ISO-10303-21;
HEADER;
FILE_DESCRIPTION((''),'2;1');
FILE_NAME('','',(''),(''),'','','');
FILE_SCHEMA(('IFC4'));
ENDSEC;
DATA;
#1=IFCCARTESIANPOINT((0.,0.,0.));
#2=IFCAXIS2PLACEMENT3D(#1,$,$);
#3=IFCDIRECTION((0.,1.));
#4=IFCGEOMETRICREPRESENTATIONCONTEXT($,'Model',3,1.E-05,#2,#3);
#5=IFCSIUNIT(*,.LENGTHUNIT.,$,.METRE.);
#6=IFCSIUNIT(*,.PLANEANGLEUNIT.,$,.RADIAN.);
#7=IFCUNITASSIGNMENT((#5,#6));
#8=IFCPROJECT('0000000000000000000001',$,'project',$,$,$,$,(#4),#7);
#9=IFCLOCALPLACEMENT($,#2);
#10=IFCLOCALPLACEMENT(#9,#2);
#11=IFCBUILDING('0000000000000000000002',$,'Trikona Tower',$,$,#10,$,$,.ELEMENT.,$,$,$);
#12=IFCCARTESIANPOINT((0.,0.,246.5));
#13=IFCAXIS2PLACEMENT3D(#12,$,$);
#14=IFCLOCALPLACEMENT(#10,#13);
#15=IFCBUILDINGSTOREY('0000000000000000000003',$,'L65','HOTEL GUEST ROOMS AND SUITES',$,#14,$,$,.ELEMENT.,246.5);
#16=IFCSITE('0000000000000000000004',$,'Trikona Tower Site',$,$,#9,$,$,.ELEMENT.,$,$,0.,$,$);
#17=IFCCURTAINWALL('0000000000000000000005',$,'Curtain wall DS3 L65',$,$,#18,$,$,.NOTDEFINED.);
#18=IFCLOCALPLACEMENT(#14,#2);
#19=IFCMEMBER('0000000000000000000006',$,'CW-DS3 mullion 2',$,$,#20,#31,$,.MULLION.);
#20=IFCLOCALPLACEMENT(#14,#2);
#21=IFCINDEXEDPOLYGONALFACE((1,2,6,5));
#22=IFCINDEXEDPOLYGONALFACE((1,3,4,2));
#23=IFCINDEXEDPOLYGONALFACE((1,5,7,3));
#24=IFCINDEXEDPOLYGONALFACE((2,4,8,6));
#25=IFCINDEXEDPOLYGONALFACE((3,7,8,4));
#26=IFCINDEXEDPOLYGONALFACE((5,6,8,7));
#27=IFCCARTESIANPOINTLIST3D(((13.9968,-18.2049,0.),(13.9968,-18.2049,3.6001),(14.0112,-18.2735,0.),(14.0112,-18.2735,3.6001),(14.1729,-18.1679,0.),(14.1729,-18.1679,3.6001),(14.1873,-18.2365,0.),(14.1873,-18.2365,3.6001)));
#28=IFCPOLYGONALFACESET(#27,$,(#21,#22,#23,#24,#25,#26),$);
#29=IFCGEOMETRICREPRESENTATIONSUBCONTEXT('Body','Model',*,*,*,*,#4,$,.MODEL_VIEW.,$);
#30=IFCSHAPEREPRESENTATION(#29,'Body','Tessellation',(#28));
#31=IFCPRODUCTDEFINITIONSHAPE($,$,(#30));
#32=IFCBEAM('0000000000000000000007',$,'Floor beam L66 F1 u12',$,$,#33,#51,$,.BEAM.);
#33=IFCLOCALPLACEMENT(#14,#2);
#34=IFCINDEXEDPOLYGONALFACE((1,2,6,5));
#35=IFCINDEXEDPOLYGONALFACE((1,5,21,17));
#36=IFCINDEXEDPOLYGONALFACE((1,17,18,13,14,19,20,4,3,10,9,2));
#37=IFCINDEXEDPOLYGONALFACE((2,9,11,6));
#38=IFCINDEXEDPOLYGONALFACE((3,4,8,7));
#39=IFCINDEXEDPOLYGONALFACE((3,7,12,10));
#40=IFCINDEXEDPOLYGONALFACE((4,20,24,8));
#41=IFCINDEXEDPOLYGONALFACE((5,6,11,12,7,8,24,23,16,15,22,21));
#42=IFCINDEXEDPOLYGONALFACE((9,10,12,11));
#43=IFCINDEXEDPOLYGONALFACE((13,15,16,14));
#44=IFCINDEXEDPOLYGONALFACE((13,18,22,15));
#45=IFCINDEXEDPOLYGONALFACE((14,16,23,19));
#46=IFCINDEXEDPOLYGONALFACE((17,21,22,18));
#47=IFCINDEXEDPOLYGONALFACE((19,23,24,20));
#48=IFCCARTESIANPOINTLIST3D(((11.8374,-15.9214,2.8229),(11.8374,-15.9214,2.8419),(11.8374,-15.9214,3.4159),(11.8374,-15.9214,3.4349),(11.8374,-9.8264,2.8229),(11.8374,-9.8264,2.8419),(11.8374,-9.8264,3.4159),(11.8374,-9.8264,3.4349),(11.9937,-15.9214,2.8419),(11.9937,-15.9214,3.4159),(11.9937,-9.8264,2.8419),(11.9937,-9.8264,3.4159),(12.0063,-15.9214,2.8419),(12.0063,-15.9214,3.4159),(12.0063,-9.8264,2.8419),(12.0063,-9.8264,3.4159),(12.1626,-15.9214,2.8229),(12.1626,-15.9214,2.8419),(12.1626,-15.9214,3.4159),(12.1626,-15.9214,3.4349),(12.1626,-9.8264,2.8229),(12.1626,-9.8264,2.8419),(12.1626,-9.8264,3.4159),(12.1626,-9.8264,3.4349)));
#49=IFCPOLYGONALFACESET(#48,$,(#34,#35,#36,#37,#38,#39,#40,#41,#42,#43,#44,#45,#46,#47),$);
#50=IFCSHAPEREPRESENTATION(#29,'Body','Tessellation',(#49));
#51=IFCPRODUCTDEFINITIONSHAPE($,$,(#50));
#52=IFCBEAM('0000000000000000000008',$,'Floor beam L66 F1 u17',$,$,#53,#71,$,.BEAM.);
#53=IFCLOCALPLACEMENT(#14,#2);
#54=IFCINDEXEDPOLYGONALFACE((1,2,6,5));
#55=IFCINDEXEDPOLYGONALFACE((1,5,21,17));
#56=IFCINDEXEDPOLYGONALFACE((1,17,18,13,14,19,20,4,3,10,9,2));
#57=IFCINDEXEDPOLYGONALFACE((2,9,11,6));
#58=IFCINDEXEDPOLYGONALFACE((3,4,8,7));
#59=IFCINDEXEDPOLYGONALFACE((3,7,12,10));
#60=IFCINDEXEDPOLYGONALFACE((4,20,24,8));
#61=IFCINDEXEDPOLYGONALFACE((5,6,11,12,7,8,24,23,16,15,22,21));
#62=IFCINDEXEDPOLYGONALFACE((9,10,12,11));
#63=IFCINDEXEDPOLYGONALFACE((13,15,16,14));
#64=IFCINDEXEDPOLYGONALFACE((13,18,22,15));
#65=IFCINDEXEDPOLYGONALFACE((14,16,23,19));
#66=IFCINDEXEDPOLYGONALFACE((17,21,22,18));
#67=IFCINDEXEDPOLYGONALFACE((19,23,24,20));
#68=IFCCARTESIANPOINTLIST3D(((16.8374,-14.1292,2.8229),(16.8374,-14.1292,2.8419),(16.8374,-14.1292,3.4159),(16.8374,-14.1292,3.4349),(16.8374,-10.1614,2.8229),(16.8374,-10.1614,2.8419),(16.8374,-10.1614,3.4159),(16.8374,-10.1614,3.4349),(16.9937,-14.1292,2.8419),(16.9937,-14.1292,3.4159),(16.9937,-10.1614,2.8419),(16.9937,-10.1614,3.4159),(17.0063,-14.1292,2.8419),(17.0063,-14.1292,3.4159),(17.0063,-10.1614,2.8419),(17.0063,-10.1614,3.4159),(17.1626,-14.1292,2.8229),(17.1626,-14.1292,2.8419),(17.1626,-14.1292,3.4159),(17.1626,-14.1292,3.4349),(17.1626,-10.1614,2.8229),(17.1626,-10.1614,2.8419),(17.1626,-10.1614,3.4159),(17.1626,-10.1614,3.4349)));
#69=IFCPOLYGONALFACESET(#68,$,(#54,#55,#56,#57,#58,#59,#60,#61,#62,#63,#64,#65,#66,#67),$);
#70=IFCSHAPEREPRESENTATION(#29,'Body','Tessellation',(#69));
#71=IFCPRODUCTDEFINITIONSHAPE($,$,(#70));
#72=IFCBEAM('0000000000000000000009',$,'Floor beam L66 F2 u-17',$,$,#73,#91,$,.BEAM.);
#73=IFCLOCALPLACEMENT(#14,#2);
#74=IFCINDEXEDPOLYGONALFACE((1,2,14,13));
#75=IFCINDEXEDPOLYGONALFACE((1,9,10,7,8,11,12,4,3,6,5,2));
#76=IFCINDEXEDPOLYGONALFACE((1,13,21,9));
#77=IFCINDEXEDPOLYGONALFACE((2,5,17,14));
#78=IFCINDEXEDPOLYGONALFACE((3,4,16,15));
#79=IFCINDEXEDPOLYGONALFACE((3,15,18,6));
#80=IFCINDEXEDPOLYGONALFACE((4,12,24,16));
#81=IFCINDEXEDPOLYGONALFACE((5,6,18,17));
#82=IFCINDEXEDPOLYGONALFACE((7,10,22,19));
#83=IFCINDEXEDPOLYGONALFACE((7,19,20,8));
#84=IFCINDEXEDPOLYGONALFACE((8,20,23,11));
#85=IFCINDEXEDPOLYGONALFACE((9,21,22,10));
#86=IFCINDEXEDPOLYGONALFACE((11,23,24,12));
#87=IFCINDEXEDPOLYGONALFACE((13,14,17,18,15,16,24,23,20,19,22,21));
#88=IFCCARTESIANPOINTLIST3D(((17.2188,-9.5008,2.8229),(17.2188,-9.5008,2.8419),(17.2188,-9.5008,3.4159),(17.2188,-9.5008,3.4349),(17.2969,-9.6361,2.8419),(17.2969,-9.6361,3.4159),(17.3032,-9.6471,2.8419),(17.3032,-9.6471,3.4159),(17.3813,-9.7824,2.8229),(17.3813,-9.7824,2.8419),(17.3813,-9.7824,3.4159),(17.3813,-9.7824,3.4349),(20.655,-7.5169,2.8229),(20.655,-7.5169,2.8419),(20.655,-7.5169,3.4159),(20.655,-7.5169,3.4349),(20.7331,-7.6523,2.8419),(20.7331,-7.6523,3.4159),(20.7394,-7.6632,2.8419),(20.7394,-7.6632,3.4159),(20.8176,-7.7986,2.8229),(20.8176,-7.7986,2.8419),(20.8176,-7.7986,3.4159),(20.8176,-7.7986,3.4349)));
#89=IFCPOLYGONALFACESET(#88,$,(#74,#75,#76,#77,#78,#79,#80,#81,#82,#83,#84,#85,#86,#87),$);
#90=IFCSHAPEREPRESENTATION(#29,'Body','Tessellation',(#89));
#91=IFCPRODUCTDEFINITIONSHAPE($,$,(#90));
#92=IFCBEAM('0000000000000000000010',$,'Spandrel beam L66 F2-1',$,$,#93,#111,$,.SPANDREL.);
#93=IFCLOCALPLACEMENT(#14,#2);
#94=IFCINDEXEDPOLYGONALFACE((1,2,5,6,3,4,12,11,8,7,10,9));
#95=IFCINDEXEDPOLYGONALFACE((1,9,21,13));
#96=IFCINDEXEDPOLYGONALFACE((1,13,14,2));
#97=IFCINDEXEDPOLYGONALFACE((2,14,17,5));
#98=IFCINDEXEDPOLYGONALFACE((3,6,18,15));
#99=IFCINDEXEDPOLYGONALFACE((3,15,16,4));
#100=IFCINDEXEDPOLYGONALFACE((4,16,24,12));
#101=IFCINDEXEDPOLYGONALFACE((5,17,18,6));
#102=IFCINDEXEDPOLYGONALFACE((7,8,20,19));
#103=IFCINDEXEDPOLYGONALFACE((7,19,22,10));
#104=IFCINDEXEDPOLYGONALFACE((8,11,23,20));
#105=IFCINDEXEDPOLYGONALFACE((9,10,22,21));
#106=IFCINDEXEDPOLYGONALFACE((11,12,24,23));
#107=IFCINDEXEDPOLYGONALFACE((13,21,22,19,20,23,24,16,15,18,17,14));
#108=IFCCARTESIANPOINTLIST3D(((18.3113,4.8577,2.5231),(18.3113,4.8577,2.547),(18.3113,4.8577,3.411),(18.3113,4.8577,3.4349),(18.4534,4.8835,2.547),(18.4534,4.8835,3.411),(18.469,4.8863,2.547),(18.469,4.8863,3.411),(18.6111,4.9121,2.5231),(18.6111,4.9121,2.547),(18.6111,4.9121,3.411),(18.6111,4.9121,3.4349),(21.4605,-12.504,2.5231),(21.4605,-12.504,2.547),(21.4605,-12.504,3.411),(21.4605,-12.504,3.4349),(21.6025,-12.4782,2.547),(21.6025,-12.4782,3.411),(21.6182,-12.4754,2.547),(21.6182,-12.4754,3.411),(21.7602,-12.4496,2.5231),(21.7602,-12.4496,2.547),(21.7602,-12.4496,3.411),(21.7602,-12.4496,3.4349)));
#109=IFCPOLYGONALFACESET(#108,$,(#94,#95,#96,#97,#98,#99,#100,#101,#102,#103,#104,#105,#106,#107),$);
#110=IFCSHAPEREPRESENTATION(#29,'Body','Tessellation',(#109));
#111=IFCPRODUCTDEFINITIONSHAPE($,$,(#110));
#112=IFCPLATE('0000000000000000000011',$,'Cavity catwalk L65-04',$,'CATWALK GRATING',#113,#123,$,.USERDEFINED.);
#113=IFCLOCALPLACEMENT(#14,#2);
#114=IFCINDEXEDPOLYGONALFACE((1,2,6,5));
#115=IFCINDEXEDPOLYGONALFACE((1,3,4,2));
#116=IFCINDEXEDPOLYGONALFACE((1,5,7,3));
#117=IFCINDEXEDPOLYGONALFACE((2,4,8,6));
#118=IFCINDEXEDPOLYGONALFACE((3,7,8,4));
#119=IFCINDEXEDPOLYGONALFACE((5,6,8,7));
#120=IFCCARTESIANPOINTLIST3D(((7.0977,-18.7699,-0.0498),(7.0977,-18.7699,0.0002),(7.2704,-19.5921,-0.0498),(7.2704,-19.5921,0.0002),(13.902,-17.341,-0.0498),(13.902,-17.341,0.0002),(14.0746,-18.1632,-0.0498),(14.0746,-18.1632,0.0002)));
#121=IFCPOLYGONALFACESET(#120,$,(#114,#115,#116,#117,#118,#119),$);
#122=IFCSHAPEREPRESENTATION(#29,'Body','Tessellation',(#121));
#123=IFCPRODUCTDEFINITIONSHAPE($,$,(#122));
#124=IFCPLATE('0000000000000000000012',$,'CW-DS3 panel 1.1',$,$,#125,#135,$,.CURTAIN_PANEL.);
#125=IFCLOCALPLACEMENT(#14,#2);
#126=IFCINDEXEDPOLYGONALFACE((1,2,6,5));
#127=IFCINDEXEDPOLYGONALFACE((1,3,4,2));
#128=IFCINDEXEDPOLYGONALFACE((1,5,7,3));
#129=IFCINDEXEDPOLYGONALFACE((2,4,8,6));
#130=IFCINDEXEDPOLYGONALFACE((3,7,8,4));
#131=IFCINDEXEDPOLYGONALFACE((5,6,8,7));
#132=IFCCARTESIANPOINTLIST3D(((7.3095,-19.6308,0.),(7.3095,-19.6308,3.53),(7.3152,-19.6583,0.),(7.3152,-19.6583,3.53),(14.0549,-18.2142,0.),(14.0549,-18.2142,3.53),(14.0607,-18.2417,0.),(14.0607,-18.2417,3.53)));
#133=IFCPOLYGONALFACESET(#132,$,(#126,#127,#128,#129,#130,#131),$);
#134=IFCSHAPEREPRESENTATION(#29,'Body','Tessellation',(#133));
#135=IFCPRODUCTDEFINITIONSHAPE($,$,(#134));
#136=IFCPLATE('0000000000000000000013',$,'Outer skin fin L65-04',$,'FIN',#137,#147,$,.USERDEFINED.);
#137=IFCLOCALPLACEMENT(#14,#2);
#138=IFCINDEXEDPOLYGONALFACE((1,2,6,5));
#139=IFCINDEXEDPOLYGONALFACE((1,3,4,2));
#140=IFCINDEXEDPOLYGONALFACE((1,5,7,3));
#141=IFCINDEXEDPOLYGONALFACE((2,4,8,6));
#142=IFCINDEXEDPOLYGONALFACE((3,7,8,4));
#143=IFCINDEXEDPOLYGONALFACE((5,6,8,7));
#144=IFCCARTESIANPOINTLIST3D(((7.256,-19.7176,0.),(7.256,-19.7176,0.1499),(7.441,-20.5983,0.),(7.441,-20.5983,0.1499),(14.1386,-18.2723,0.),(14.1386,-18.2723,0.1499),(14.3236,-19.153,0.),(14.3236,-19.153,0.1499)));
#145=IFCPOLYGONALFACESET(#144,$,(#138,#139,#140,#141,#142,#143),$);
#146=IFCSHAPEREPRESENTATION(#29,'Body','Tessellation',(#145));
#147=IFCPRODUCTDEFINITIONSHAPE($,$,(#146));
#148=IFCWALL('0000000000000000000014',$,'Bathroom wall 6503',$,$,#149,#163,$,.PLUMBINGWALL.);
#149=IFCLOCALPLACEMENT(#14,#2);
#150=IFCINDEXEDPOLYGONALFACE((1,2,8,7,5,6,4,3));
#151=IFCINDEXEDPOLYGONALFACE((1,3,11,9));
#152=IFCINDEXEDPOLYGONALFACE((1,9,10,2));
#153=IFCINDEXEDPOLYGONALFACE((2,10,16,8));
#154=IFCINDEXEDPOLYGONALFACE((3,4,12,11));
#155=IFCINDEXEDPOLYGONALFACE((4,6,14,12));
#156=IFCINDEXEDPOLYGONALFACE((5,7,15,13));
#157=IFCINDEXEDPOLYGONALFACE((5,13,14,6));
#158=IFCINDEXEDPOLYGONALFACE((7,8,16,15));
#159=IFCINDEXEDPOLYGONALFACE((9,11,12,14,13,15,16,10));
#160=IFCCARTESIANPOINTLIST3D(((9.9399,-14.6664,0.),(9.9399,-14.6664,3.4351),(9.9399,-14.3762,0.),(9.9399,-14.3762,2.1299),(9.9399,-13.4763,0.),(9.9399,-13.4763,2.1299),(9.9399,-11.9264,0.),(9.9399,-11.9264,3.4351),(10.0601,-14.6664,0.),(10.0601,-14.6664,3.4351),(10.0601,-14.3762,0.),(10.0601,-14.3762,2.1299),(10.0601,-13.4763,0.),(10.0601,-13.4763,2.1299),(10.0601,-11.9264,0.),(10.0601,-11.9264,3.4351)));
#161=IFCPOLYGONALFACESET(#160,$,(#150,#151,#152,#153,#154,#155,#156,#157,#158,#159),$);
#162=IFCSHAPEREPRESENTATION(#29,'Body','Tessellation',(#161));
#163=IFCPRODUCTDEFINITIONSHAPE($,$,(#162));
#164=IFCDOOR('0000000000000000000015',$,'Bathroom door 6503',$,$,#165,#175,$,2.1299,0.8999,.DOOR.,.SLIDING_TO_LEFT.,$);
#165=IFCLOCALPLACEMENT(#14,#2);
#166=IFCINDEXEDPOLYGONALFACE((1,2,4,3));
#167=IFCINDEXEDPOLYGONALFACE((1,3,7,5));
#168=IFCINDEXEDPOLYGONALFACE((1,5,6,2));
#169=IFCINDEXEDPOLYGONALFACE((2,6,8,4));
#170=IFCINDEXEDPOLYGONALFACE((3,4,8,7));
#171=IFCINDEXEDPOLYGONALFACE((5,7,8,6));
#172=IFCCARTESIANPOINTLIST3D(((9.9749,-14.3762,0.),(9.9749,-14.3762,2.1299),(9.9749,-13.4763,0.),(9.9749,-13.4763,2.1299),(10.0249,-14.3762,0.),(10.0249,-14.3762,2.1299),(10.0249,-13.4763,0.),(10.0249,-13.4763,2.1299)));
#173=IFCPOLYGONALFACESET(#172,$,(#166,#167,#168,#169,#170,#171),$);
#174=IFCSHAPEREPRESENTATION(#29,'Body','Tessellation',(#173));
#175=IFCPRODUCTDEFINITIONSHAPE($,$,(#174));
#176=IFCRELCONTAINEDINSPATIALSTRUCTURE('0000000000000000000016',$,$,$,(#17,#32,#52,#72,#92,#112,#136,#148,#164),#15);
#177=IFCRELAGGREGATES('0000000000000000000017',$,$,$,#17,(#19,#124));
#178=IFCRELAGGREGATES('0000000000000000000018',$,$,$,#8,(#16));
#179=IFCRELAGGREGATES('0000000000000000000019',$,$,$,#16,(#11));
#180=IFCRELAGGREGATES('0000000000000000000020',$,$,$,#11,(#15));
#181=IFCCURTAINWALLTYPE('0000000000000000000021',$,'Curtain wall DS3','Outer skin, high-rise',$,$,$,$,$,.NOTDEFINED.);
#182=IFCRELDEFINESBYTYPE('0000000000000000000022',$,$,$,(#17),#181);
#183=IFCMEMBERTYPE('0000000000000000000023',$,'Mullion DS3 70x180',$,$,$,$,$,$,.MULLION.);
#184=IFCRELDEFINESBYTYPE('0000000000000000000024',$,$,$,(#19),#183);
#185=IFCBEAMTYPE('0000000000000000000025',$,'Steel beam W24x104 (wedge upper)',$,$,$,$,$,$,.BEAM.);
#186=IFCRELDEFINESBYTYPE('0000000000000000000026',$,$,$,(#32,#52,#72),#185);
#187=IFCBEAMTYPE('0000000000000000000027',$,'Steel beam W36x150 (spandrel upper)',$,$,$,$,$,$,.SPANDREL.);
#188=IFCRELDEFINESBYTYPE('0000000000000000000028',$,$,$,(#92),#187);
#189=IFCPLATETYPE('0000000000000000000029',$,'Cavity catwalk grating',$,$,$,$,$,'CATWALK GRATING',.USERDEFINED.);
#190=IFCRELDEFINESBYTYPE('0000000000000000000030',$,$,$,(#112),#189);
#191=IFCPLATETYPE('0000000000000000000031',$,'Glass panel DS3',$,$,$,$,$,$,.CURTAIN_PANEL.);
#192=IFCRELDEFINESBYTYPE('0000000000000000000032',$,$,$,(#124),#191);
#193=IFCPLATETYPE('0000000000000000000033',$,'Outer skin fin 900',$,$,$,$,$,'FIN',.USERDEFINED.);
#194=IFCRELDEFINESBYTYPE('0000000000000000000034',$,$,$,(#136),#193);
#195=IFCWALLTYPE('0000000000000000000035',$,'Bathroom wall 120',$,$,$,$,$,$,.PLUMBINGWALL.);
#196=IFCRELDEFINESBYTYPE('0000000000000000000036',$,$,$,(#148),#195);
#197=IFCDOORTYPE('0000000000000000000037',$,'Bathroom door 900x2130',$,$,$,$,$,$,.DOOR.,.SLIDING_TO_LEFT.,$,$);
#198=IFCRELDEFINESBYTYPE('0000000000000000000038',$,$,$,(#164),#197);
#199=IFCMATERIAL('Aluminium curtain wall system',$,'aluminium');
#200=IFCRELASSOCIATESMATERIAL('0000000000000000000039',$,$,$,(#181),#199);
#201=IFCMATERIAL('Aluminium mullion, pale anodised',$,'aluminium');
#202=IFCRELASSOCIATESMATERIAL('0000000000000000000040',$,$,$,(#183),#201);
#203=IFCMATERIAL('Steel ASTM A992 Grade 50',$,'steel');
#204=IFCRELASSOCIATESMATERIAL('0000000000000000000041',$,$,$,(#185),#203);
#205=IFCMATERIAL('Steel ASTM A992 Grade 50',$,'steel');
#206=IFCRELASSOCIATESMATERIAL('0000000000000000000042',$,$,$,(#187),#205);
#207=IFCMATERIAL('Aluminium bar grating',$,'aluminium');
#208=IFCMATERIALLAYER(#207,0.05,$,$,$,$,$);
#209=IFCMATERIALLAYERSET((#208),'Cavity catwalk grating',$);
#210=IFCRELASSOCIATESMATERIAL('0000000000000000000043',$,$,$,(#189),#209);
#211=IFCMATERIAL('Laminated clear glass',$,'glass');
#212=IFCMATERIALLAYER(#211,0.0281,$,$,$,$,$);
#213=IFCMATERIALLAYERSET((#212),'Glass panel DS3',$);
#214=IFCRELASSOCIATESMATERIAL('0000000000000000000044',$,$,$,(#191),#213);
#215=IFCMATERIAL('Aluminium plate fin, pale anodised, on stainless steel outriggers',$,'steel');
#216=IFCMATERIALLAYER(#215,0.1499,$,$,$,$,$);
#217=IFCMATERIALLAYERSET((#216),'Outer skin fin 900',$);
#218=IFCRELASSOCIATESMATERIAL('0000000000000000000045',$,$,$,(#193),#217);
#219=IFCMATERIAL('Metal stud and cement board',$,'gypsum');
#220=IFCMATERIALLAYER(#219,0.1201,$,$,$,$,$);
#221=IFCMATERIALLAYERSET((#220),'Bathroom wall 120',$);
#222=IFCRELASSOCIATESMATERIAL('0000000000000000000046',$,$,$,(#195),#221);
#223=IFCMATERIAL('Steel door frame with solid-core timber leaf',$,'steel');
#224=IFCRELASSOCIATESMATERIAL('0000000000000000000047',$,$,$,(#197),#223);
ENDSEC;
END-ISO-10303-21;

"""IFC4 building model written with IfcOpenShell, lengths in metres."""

from ifc_helpers import new_model, si_unit, direction, frame, frame_2d, origin, origin_2d, place, context, subcontext, project, spatial, rectangle, i_section, extrude, material, layer, layer_set, material_profile, profile_set, type_object, element, fill, aggregate, save


model = new_model("IFC4")

# Units and contexts
model_context = context("Model", 3, precision=1e-05, world=origin(), true_north=direction((0.0, 1.0)))
body_context = subcontext(model_context, "Body", "Model", "MODEL_VIEW")
ifc_project = project(units=[si_unit("LENGTHUNIT", "METRE"), si_unit("PLANEANGLEUNIT", "RADIAN")], contexts=[model_context])

# Site, building, storey
site_placement = place(None, origin())
site = spatial("IfcSite", under=ifc_project, at=site_placement, Name="Trikona Tower Site", CompositionType="ELEMENT", RefElevation=0.0)
building_placement = place(site_placement, origin())
building = spatial("IfcBuilding", under=site, at=building_placement, Name="Trikona Tower", CompositionType="ELEMENT")
storey_placement = place(building_placement, frame((0.0, 0.0, 246.5)))
storey = spatial("IfcBuildingStorey", under=building, at=storey_placement, Name="L65", Description="HOTEL GUEST ROOMS AND SUITES", CompositionType="ELEMENT", Elevation=246.5)

# Curtain wall, member
ifc_material_1 = material(Name="Aluminium curtain wall system", Category="aluminium")
curtain_wall_type = type_object("IfcCurtainWallType", Name="Curtain wall DS3", Description="Outer skin, high-rise", PredefinedType="NOTDEFINED", material=ifc_material_1)
curtain_wall_placement = place(storey_placement, origin())
curtain_wall = element("IfcCurtainWall", 1, at=curtain_wall_placement, inside=storey, type_object=curtain_wall_type, Name="Curtain wall DS3 L65", PredefinedType="NOTDEFINED")
ifc_material_2 = material(Name="Aluminium mullion, pale anodised", Category="aluminium")
ifc_material_profile_1 = material_profile(ifc_material_2, rectangle(XDim=0.0701, YDim=0.1799, at=origin_2d()), Name="MUL-DS3")
ifc_profile_set_1 = profile_set([ifc_material_profile_1], Name="Aluminium mullion, pale anodised")
member_type = type_object("IfcMemberType", Name="Mullion DS3 70x180", PredefinedType="MULLION", material=ifc_profile_set_1)
member_placement = place(storey_placement, frame((14.092, -18.2207, 0.0), z_axis=(0.0, 0.0, 1.0), x_axis=(-0.205527, 0.978651, 0.0)))
member = element("IfcMember", 2, at=member_placement, type_object=member_type, Name="CW-DS3 mullion 2", PredefinedType="MULLION", context=body_context, shape_type="SweptSolid", body=[
    extrude(rectangle(XDim=0.0701, YDim=0.1799, at=origin_2d()), origin(), (0.0, 0.0, 1.0), 3.6001),
])

# Beams
ifc_material_3 = material(Name="Steel ASTM A992 Grade 50", Category="steel")
ifc_material_profile_2 = material_profile(ifc_material_3, i_section(OverallWidth=0.3252, OverallDepth=0.6121, WebThickness=0.0127, FlangeThickness=0.019, at=origin_2d()), Name="W24X104")
ifc_profile_set_2 = profile_set([ifc_material_profile_2], Name="Steel ASTM A992 Grade 50")
beam_type_1 = type_object("IfcBeamType", Name="Steel beam W24x104 (wedge upper)", PredefinedType="BEAM", material=ifc_profile_set_2)
beam_1_placement = place(storey_placement, frame((12.0, -9.8264, 3.1289), z_axis=(0.0, -1.0, 0.0), x_axis=(1.0, 0.0, 0.0)))
element("IfcBeam", 3, at=beam_1_placement, inside=storey, type_object=beam_type_1, Name="Floor beam L66 F1 u12", PredefinedType="BEAM", context=body_context, shape_type="SweptSolid", body=[
    extrude(i_section(OverallWidth=0.3252, OverallDepth=0.6121, WebThickness=0.0127, FlangeThickness=0.019, at=origin_2d()), origin(), (0.0, 0.0, 1.0), 6.095),
])
for number, where, z_axis, x_axis, name in (
    (4, (17.0, -10.1614, 3.1289), (0.0, -1.0, 0.0), (1.0, 0.0, 0.0), "Floor beam L66 F1 u17"),
    (5, (17.3, -9.6416, 3.1289), (0.866031, 0.499991, 0.0), (-0.499991, 0.866031, 0.0), "Floor beam L66 F2 u-17"),
):
    element("IfcBeam", number, at=place(storey_placement, frame(where, z_axis=z_axis, x_axis=x_axis)), inside=storey, type_object=beam_type_1, Name=name, PredefinedType="BEAM", context=body_context, shape_type="SweptSolid", body=[
        extrude(i_section(OverallWidth=0.3252, OverallDepth=0.6121, WebThickness=0.0127, FlangeThickness=0.019, at=origin_2d()), origin(), (0.0, 0.0, 1.0), 3.9678),
    ])
ifc_material_4 = material(Name="Steel ASTM A992 Grade 50", Category="steel")
ifc_material_profile_3 = material_profile(ifc_material_4, i_section(OverallWidth=0.3047, OverallDepth=0.9119, WebThickness=0.0159, FlangeThickness=0.0239, at=origin_2d()), Name="W36X150")
ifc_profile_set_3 = profile_set([ifc_material_profile_3], Name="Steel ASTM A992 Grade 50")
beam_type_2 = type_object("IfcBeamType", Name="Steel beam W36x150 (spandrel upper)", PredefinedType="SPANDREL", material=ifc_profile_set_3)
beam_2_placement = place(storey_placement, frame((21.6104, -12.4768, 2.979), z_axis=(-0.178473, 0.983945, 0.0), x_axis=(-0.983945, -0.178473, 0.0)))
element("IfcBeam", 6, at=beam_2_placement, inside=storey, type_object=beam_type_2, Name="Spandrel beam L66 F2-1", PredefinedType="SPANDREL", context=body_context, shape_type="SweptSolid", body=[
    extrude(i_section(OverallWidth=0.3047, OverallDepth=0.9119, WebThickness=0.0159, FlangeThickness=0.0239, at=origin_2d()), origin(), (0.0, 0.0, 1.0), 17.645),
])

# Plates
ifc_material_5 = material(Name="Aluminium bar grating", Category="aluminium")
ifc_layer_1 = layer(ifc_material_5, 0.05)
ifc_layer_set_1 = layer_set([ifc_layer_1], Name="Cavity catwalk grating")
plate_type_1 = type_object("IfcPlateType", Name="Cavity catwalk grating", ElementType="CATWALK GRATING", PredefinedType="USERDEFINED", material=ifc_layer_set_1)
plate_1_placement = place(storey_placement, frame((10.5862, -18.4666, -0.0498), z_axis=(0.0, 0.0, 1.0), x_axis=(0.978653, 0.205518, 0.0)))
element("IfcPlate", 7, at=plate_1_placement, inside=storey, type_object=plate_type_1, Name="Cavity catwalk L65-04", ObjectType="CATWALK GRATING", PredefinedType="USERDEFINED", context=body_context, shape_type="SweptSolid", body=[
    extrude(rectangle(XDim=6.9526, YDim=0.8401, at=origin_2d()), origin(), (0.0, 0.0, 1.0), 0.05),
])
ifc_material_6 = material(Name="Laminated clear glass", Category="glass")
ifc_layer_2 = layer(ifc_material_6, 0.0281)
ifc_layer_set_2 = layer_set([ifc_layer_2], Name="Glass panel DS3")
plate_type_2 = type_object("IfcPlateType", Name="Glass panel DS3", PredefinedType="CURTAIN_PANEL", material=ifc_layer_set_2)
plate_2_placement = place(storey_placement, frame((10.6851, -18.9363, 0.0), z_axis=(0.0, 0.0, 1.0), x_axis=(0.978651, 0.205527, 0.0)))
plate_2 = element("IfcPlate", 8, at=plate_2_placement, type_object=plate_type_2, Name="CW-DS3 panel 1.1", PredefinedType="CURTAIN_PANEL", context=body_context, shape_type="SweptSolid", body=[
    extrude(rectangle(XDim=6.8926, YDim=0.0281, at=origin_2d()), origin(), (0.0, 0.0, 1.0), 3.53),
])
aggregate(curtain_wall, [member, plate_2])
ifc_material_7 = material(Name="Aluminium plate fin, pale anodised, on stainless steel outriggers", Category="steel")
ifc_layer_3 = layer(ifc_material_7, 0.1499)
ifc_layer_set_3 = layer_set([ifc_layer_3], Name="Outer skin fin 900")
plate_type_3 = type_object("IfcPlateType", Name="Outer skin fin 900", ElementType="FIN", PredefinedType="USERDEFINED", material=ifc_layer_set_3)
plate_3_placement = place(storey_placement, frame((10.7898, -19.4353, 0.0), z_axis=(0.0, 0.0, 1.0), x_axis=(0.978653, 0.205518, 0.0)))
element("IfcPlate", 9, at=plate_3_placement, inside=storey, type_object=plate_type_3, Name="Outer skin fin L65-04", ObjectType="FIN", PredefinedType="USERDEFINED", context=body_context, shape_type="SweptSolid", body=[
    extrude(rectangle(XDim=7.0327, YDim=0.8999, at=origin_2d()), origin(), (0.0, 0.0, 1.0), 0.1499),
])

# Wall, opening, door
ifc_material_8 = material(Name="Metal stud and cement board", Category="gypsum")
ifc_layer_4 = layer(ifc_material_8, 0.1201)
ifc_layer_set_4 = layer_set([ifc_layer_4], Name="Bathroom wall 120")
wall_type_1 = type_object("IfcWallType", Name="Bathroom wall 120", PredefinedType="PLUMBINGWALL", material=ifc_layer_set_4)
wall_1_placement = place(storey_placement, frame((10.0, -11.9263, 0.0), z_axis=(0.0, 0.0, 1.0), x_axis=(0.0, -1.0, 0.0)))
wall_1 = element("IfcWall", 10, at=wall_1_placement, inside=storey, type_object=wall_type_1, Name="Bathroom wall 6503", PredefinedType="PLUMBINGWALL", context=body_context, shape_type="SweptSolid", body=[
    extrude(rectangle(XDim=2.74, YDim=0.1201, at=frame_2d((1.3701, 0.0))), origin(), (0.0, 0.0, 1.0), 3.4351),
])
opening_1_placement = place(wall_1_placement, frame((1.55, 0.0, 0.0)))
opening_1 = element("IfcOpeningElement", 11, at=opening_1_placement, cuts=wall_1, PredefinedType="OPENING", context=body_context, shape_type="SweptSolid", body=[
    extrude(rectangle(XDim=0.8999, YDim=2.1299, at=frame_2d((0.45, 1.0649))), frame((0.0, 0.0701, 0.0), z_axis=(0.0, -1.0, 0.0), x_axis=(1.0, 0.0, 0.0)), (0.0, 0.0, 1.0), 0.1401),
])
ifc_material_9 = material(Name="Steel door frame with solid-core timber leaf", Category="steel")
door_type_1 = type_object("IfcDoorType", Name="Bathroom door 900x2130", OperationType="SLIDING_TO_LEFT", PredefinedType="DOOR", material=ifc_material_9)
door_1_placement = place(opening_1_placement, origin())
door_1 = element("IfcDoor", 12, at=door_1_placement, inside=storey, type_object=door_type_1, Name="Bathroom door 6503", OperationType="SLIDING_TO_LEFT", OverallHeight=2.1299, OverallWidth=0.8999, PredefinedType="DOOR", context=body_context, shape_type="SweptSolid", body=[
    extrude(rectangle(XDim=0.8999, YDim=2.1299, at=frame_2d((0.45, 1.0649))), frame((0.0, 0.0249, 0.0), z_axis=(0.0, -1.0, 0.0), x_axis=(1.0, 0.0, 0.0)), (0.0, 0.0, 1.0), 0.05),
])
fill(opening_1, door_1)

save(model, "model.ifc")
